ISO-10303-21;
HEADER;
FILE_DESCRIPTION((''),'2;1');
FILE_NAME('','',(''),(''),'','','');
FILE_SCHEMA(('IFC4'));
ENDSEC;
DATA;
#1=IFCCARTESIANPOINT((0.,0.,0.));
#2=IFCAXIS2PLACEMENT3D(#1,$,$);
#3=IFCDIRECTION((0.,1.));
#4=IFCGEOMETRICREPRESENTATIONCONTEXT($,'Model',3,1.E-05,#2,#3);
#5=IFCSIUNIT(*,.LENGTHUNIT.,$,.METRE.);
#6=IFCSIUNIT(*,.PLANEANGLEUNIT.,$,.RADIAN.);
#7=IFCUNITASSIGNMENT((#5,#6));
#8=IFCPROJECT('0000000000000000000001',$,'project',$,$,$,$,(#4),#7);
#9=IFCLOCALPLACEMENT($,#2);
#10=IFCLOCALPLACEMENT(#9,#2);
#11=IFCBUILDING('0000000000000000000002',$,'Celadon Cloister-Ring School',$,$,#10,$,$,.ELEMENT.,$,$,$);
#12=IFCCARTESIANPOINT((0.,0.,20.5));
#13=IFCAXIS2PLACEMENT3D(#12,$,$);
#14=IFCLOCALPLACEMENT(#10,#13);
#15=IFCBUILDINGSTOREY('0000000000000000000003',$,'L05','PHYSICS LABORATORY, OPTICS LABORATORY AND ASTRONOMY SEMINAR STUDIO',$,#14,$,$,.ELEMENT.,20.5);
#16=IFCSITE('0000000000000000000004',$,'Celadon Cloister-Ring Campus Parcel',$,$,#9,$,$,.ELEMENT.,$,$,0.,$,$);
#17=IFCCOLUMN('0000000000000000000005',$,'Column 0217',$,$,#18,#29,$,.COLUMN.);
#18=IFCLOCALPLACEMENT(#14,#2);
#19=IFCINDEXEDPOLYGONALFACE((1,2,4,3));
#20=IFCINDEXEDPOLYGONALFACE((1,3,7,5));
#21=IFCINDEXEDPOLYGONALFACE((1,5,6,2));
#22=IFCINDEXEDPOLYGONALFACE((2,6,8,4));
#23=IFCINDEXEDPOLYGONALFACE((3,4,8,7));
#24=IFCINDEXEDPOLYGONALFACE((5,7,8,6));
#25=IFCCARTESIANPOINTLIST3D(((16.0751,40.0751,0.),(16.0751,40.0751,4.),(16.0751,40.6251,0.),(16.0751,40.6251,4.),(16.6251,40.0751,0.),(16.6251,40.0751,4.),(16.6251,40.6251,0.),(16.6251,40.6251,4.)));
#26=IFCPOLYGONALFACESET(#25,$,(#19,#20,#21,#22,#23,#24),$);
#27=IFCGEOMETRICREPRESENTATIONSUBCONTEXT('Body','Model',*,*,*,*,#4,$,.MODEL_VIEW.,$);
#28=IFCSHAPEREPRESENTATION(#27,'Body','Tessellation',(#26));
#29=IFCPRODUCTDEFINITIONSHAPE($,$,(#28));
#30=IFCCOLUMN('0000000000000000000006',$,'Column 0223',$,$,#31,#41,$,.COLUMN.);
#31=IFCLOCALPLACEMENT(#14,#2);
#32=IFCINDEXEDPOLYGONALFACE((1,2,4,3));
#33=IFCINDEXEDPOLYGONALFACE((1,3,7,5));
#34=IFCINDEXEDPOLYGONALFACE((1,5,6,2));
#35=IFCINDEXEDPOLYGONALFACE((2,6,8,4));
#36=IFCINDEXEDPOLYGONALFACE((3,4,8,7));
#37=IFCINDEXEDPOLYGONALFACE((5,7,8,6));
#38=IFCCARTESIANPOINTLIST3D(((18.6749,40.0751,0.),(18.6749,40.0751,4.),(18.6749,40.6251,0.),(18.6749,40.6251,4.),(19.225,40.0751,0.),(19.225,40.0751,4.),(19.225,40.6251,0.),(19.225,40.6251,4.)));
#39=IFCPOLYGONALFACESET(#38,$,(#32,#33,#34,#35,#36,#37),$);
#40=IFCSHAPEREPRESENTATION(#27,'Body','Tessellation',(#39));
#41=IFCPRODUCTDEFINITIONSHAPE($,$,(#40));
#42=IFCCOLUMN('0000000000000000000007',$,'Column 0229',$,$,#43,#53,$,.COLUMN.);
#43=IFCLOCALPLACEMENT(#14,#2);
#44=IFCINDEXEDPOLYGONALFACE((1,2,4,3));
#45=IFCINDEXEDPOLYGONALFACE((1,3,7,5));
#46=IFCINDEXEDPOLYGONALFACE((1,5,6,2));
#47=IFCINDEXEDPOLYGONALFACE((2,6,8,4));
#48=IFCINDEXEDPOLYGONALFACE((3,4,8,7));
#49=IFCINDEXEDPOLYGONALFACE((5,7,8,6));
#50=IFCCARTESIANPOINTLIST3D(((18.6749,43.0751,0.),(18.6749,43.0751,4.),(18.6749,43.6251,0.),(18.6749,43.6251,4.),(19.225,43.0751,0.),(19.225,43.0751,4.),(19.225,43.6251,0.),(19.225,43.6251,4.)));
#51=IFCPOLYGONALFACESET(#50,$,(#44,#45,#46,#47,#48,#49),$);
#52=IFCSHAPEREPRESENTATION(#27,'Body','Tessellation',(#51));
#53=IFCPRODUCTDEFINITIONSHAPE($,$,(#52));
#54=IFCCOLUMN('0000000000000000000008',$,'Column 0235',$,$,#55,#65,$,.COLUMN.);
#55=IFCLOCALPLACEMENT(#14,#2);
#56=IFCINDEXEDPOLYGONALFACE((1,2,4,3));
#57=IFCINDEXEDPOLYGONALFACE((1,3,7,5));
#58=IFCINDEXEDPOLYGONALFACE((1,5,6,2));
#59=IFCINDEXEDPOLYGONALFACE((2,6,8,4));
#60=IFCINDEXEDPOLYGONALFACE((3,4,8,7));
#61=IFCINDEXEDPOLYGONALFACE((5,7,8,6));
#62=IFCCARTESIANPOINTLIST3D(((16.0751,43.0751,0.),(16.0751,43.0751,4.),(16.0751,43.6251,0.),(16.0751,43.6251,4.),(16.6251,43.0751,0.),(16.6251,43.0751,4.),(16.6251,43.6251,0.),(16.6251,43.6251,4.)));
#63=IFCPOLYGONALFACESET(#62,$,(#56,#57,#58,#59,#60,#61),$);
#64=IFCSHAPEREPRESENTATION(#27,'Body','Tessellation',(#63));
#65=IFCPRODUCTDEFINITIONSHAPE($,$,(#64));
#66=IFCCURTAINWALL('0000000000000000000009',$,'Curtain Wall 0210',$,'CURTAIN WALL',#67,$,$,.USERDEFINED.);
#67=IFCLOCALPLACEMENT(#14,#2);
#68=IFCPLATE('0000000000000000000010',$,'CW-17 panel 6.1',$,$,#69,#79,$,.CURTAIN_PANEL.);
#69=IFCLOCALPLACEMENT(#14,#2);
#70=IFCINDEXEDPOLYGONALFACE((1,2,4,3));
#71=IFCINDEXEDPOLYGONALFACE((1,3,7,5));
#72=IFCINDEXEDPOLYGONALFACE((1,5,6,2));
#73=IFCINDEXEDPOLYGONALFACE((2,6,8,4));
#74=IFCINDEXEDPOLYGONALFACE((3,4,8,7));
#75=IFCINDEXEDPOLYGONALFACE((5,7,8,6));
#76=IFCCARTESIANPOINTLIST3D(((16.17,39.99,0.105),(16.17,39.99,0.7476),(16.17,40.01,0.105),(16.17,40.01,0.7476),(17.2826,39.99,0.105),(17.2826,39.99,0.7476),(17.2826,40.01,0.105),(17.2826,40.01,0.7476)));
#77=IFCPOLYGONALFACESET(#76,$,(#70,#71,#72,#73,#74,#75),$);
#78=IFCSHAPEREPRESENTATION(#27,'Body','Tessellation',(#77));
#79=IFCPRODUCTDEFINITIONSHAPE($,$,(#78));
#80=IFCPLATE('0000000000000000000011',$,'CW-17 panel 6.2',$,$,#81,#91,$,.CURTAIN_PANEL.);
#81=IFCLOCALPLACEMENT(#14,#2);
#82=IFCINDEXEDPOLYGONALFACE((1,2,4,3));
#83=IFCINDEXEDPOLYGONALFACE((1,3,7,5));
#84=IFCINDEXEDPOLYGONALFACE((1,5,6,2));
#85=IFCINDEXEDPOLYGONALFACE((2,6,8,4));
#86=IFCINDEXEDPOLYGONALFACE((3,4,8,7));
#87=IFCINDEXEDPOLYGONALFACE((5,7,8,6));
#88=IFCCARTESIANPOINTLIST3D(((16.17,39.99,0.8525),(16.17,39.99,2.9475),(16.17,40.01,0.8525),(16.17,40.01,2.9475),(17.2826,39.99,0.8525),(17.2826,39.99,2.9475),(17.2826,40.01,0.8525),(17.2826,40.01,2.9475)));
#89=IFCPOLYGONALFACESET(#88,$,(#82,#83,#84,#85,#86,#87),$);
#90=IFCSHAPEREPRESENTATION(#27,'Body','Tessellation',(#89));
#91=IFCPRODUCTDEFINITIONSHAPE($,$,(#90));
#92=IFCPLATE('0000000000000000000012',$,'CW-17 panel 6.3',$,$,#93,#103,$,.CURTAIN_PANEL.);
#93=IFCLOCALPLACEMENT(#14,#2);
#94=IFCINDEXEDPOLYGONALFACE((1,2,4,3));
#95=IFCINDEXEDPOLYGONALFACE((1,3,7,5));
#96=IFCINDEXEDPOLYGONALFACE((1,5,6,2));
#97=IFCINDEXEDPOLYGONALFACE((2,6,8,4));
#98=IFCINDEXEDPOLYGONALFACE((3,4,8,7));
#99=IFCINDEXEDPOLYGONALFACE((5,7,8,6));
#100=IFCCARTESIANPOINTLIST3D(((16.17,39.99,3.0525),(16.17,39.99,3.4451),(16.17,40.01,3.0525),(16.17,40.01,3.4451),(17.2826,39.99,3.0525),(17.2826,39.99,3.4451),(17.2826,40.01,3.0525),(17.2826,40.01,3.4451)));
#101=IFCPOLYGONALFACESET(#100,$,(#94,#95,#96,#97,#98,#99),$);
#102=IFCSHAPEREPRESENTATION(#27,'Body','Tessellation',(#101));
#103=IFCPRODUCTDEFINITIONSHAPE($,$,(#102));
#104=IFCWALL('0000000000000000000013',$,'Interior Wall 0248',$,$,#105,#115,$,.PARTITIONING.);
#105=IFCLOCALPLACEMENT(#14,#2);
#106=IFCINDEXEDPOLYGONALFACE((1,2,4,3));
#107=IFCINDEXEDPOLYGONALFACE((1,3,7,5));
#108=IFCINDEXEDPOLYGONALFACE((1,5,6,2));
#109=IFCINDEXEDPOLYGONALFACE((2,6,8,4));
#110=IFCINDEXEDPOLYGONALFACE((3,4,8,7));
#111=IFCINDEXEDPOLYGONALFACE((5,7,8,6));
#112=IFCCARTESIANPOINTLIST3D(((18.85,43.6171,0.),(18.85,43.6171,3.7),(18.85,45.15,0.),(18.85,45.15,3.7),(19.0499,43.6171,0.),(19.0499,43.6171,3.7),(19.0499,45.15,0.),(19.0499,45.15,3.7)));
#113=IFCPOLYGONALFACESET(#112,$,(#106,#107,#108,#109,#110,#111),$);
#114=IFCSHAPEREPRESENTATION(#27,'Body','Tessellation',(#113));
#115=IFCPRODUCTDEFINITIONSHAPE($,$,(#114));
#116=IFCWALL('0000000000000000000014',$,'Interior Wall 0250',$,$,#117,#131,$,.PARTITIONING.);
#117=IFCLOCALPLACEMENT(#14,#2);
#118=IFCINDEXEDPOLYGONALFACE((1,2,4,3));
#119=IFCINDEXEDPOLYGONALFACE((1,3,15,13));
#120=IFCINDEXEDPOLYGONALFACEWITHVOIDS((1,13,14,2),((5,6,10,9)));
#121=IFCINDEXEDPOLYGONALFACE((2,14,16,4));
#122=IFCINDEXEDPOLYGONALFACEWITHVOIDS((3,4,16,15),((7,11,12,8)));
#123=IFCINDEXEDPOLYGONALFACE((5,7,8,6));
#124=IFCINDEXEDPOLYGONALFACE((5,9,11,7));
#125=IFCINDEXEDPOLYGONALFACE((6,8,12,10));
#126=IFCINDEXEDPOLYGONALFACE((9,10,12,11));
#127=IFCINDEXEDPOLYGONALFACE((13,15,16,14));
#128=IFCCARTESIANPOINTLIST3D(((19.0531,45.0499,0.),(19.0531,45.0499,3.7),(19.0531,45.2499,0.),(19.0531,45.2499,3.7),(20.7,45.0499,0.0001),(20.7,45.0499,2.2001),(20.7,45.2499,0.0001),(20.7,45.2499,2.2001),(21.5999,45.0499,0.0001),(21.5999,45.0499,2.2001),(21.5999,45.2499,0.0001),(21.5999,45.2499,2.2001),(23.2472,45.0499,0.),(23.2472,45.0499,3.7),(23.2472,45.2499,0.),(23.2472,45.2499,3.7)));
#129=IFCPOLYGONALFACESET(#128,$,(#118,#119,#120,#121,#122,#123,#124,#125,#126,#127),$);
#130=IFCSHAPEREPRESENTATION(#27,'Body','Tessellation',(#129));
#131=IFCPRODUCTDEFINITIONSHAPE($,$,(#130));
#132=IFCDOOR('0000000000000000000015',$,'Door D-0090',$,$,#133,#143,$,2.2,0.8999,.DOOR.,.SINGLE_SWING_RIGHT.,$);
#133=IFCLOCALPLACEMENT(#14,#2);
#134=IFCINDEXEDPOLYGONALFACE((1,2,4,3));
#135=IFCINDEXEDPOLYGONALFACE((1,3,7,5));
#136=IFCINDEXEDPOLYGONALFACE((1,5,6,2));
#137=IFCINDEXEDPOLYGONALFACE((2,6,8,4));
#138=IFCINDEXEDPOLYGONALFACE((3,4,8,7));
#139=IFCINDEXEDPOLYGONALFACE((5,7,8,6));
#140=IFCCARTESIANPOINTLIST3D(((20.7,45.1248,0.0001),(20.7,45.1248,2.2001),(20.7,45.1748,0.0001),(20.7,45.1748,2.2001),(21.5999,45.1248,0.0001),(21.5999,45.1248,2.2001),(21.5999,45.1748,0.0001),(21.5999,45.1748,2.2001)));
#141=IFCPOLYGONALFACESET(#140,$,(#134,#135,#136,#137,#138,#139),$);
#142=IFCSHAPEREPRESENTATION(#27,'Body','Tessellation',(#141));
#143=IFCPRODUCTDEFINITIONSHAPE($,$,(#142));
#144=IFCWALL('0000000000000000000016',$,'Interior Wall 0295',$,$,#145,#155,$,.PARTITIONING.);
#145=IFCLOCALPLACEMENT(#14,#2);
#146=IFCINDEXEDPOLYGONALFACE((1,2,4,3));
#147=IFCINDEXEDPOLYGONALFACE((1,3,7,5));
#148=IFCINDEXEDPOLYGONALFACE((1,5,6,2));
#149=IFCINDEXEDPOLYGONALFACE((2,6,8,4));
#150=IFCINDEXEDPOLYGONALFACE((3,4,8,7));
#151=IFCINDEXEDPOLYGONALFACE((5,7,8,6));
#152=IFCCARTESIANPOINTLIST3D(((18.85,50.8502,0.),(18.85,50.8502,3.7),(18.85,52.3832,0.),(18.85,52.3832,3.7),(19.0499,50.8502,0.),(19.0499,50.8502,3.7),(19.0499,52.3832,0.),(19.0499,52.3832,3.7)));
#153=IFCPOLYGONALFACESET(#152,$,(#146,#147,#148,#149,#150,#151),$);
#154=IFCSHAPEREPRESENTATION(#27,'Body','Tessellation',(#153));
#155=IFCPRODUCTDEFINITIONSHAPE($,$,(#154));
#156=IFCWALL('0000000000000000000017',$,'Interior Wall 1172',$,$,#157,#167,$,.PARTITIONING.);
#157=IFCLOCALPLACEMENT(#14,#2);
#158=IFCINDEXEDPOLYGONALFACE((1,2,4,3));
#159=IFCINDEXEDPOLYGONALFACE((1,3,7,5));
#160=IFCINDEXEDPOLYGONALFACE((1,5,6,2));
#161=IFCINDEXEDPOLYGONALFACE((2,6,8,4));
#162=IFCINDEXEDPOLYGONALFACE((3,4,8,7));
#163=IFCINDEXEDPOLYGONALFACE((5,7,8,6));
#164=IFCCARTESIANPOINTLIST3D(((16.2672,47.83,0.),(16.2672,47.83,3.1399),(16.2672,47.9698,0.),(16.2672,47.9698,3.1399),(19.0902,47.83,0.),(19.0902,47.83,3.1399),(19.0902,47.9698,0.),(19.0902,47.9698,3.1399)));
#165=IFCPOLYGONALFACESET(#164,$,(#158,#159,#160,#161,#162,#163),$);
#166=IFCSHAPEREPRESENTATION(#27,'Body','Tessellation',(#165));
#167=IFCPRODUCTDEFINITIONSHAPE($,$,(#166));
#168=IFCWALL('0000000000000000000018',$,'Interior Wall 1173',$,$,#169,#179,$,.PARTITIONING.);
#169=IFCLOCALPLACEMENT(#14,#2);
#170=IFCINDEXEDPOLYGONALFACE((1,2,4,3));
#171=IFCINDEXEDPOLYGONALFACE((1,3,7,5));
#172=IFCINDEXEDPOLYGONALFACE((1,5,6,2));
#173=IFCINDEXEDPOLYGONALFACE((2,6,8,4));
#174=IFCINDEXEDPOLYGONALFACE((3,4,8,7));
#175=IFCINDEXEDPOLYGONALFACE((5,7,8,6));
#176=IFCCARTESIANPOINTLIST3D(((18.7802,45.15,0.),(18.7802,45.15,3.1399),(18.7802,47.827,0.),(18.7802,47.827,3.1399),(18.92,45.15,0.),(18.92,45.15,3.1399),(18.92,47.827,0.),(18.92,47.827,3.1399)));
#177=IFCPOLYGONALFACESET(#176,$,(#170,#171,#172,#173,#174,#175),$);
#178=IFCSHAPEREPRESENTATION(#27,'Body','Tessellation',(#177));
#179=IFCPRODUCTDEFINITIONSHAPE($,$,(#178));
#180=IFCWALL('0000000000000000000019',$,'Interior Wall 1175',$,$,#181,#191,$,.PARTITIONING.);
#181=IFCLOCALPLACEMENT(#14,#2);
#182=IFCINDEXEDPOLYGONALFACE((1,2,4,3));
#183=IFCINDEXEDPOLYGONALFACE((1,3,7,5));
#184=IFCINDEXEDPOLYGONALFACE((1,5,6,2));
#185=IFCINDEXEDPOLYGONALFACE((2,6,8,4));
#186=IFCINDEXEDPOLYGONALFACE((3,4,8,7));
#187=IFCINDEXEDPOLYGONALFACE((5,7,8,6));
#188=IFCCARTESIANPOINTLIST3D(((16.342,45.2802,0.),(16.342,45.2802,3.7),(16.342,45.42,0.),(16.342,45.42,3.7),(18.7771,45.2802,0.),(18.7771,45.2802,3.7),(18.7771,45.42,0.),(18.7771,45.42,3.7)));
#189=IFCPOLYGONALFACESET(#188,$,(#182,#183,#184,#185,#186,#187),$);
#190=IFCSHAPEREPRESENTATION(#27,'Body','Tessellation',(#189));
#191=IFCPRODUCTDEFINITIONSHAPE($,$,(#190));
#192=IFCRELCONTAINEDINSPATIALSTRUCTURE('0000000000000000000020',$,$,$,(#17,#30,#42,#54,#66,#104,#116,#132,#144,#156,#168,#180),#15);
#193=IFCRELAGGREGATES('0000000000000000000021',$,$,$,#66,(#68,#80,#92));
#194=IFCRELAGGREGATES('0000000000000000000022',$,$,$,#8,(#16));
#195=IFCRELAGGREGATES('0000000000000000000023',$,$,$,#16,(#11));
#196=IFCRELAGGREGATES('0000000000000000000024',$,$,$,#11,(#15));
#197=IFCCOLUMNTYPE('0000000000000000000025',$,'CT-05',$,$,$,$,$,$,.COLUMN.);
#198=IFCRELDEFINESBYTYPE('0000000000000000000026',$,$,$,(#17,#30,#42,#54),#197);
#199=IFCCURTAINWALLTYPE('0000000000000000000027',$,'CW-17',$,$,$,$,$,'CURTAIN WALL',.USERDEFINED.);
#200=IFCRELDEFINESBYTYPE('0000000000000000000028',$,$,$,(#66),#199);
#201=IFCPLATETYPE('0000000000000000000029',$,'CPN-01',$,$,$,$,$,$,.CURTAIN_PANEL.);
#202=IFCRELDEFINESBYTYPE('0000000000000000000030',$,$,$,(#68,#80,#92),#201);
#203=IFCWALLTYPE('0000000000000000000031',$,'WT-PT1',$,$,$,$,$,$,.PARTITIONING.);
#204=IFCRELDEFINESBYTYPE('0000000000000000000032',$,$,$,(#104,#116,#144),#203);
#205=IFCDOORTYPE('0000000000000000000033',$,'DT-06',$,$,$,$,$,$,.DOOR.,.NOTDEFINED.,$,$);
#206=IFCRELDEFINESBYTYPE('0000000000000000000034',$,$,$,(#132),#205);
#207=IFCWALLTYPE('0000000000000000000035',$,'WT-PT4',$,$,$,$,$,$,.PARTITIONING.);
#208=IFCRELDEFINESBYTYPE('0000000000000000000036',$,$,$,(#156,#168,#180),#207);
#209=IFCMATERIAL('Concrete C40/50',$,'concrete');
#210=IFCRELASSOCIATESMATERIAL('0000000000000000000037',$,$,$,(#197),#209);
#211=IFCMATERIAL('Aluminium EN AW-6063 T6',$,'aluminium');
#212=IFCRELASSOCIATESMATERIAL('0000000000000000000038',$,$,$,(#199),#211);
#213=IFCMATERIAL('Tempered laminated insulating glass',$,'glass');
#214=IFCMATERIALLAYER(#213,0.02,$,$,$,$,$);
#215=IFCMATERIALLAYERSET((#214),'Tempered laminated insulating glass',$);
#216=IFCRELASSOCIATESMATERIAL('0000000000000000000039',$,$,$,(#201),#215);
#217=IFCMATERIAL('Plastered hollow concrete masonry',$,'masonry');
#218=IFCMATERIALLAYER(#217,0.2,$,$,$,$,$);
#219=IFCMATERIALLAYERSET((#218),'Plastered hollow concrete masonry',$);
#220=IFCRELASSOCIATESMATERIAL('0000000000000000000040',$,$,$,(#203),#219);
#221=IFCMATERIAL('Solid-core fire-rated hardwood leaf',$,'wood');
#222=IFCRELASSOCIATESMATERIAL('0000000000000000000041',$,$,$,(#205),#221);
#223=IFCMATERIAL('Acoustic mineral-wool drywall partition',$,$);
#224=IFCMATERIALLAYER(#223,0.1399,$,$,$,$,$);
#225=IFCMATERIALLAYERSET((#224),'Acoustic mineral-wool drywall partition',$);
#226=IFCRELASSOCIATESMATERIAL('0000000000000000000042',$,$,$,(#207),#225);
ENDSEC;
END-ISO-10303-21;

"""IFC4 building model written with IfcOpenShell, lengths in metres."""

from ifc_helpers import new_model, si_unit, direction, frame, frame_2d, origin, origin_2d, place, context, subcontext, project, spatial, rectangle, extrude, material, layer, layer_set, material_profile, profile_set, type_object, element, fill, aggregate, save


model = new_model("IFC4")

# Units and contexts
model_context = context("Model", 3, precision=1e-05, world=origin(), true_north=direction((0.0, 1.0)))
body_context = subcontext(model_context, "Body", "Model", "MODEL_VIEW")
ifc_project = project(units=[si_unit("LENGTHUNIT", "METRE"), si_unit("PLANEANGLEUNIT", "RADIAN")], contexts=[model_context])

# Site, building, storey
site_placement = place(None, origin())
site = spatial("IfcSite", under=ifc_project, at=site_placement, Name="Celadon Cloister-Ring Campus Parcel", CompositionType="ELEMENT", RefElevation=0.0)
building_placement = place(site_placement, origin())
building = spatial("IfcBuilding", under=site, at=building_placement, Name="Celadon Cloister-Ring School", CompositionType="ELEMENT")
storey_placement = place(building_placement, frame((0.0, 0.0, 20.5)))
storey = spatial("IfcBuildingStorey", under=building, at=storey_placement, Name="L05", Description="PHYSICS LABORATORY, OPTICS LABORATORY AND ASTRONOMY SEMINAR STUDIO", CompositionType="ELEMENT", Elevation=20.5)

# Columns
ifc_material_1 = material(Name="Concrete C40/50", Category="concrete")
ifc_material_profile = material_profile(ifc_material_1, rectangle(XDim=0.55, YDim=0.55, at=origin_2d()), Name="RC550X550")
ifc_profile_set = profile_set([ifc_material_profile], Name="Concrete C40/50")
column_type = type_object("IfcColumnType", Name="CT-05", PredefinedType="COLUMN", material=ifc_profile_set)
for number, where, z_axis, x_axis, name in (
    (1, (16.3501, 40.3501, 0.0), (0.0, 0.0, 1.0), (1.0, 0.0, 0.0), "Column 0217"),
    (2, (18.95, 40.3501, 0.0), (0.0, 0.0, 1.0), (1.0, 0.0, 0.0), "Column 0223"),
    (3, (18.95, 43.3501, 0.0), (0.0, 0.0, 1.0), (1.0, 0.0, 0.0), "Column 0229"),
    (4, (16.3501, 43.3501, 0.0), (0.0, 0.0, 1.0), (1.0, 0.0, 0.0), "Column 0235"),
):
    element("IfcColumn", number, at=place(storey_placement, frame(where, z_axis=z_axis, x_axis=x_axis)), inside=storey, type_object=column_type, Name=name, PredefinedType="COLUMN", context=body_context, shape_type="SweptSolid", body=[
        extrude(rectangle(XDim=0.55, YDim=0.55, at=origin_2d()), origin(), (0.0, 0.0, 1.0), 4.0),
    ])

# Curtain wall, plates
ifc_material_2 = material(Name="Aluminium EN AW-6063 T6", Category="aluminium")
curtain_wall_type = type_object("IfcCurtainWallType", Name="CW-17", ElementType="CURTAIN WALL", PredefinedType="USERDEFINED", material=ifc_material_2)
curtain_wall_placement = place(storey_placement, origin())
curtain_wall = element("IfcCurtainWall", 5, at=curtain_wall_placement, inside=storey, type_object=curtain_wall_type, Name="Curtain Wall 0210", ObjectType="CURTAIN WALL", PredefinedType="USERDEFINED")
ifc_material_3 = material(Name="Tempered laminated insulating glass", Category="glass")
ifc_layer_1 = layer(ifc_material_3, 0.02)
ifc_layer_set_1 = layer_set([ifc_layer_1], Name="Tempered laminated insulating glass")
plate_type = type_object("IfcPlateType", Name="CPN-01", PredefinedType="CURTAIN_PANEL", material=ifc_layer_set_1)
plate_1_placement = place(storey_placement, frame((16.7263, 40.0, 0.105), z_axis=(0.0, 0.0, 1.0), x_axis=(-1.0, 0.0, 0.0)))
plate_1 = element("IfcPlate", 6, at=plate_1_placement, type_object=plate_type, Name="CW-17 panel 6.1", PredefinedType="CURTAIN_PANEL", context=body_context, shape_type="SweptSolid", body=[
    extrude(rectangle(XDim=1.1125, YDim=0.02, at=origin_2d()), origin(), (0.0, 0.0, 1.0), 0.6426),
])
plate_2_placement = place(storey_placement, frame((16.7263, 40.0, 0.8525), z_axis=(0.0, 0.0, 1.0), x_axis=(-1.0, 0.0, 0.0)))
plate_2 = element("IfcPlate", 7, at=plate_2_placement, type_object=plate_type, Name="CW-17 panel 6.2", PredefinedType="CURTAIN_PANEL", context=body_context, shape_type="SweptSolid", body=[
    extrude(rectangle(XDim=1.1125, YDim=0.02, at=origin_2d()), origin(), (0.0, 0.0, 1.0), 2.095),
])
plate_3_placement = place(storey_placement, frame((16.7263, 40.0, 3.0525), z_axis=(0.0, 0.0, 1.0), x_axis=(-1.0, 0.0, 0.0)))
plate_3 = element("IfcPlate", 8, at=plate_3_placement, type_object=plate_type, Name="CW-17 panel 6.3", PredefinedType="CURTAIN_PANEL", context=body_context, shape_type="SweptSolid", body=[
    extrude(rectangle(XDim=1.1125, YDim=0.02, at=origin_2d()), origin(), (0.0, 0.0, 1.0), 0.3926),
])
aggregate(curtain_wall, [plate_1, plate_2, plate_3])

# Wall
ifc_material_4 = material(Name="Plastered hollow concrete masonry", Category="masonry")
ifc_layer_2 = layer(ifc_material_4, 0.2)
ifc_layer_set_2 = layer_set([ifc_layer_2], Name="Plastered hollow concrete masonry")
wall_type_1 = type_object("IfcWallType", Name="WT-PT1", PredefinedType="PARTITIONING", material=ifc_layer_set_2)
wall_1_placement = place(storey_placement, frame((18.95, 43.6169, 0.0), z_axis=(0.0, 0.0, 1.0), x_axis=(0.0, 1.0, 0.0)))
element("IfcWall", 9, at=wall_1_placement, inside=storey, type_object=wall_type_1, Name="Interior Wall 0248", PredefinedType="PARTITIONING", context=body_context, shape_type="SweptSolid", body=[
    extrude(rectangle(XDim=1.533, YDim=0.2, at=frame_2d((0.7666, 0.0))), origin(), (0.0, 0.0, 1.0), 3.7),
])

# Wall, opening, door
wall_2_placement = place(storey_placement, frame((19.053, 45.1499, 0.0), z_axis=(0.0, 0.0, 1.0), x_axis=(1.0, 0.0, 0.0)))
wall_2 = element("IfcWall", 10, at=wall_2_placement, inside=storey, type_object=wall_type_1, Name="Interior Wall 0250", PredefinedType="PARTITIONING", context=body_context, shape_type="SweptSolid", body=[
    extrude(rectangle(XDim=4.1941, YDim=0.2, at=frame_2d((2.0972, 0.0))), origin(), (0.0, 0.0, 1.0), 3.7),
])
opening_1_placement = place(wall_2_placement, frame((1.647, 0.0, 0.0)))
opening_1 = element("IfcOpeningElement", 11, at=opening_1_placement, cuts=wall_2, PredefinedType="OPENING", context=body_context, shape_type="SweptSolid", body=[
    extrude(rectangle(XDim=0.8999, YDim=2.2, at=frame_2d((0.45, 1.1001))), frame((0.0, 0.1099, 0.0), z_axis=(0.0, -1.0, 0.0), x_axis=(1.0, 0.0, 0.0)), (0.0, 0.0, 1.0), 0.22),
])
ifc_material_5 = material(Name="Solid-core fire-rated hardwood leaf", Category="wood")
door_type_1 = type_object("IfcDoorType", Name="DT-06", OperationType="NOTDEFINED", PredefinedType="DOOR", material=ifc_material_5)
door_1_placement = place(opening_1_placement, origin())
door_1 = element("IfcDoor", 12, at=door_1_placement, inside=storey, type_object=door_type_1, Name="Door D-0090", OperationType="SINGLE_SWING_RIGHT", OverallHeight=2.2, OverallWidth=0.8999, PredefinedType="DOOR", context=body_context, shape_type="SweptSolid", body=[
    extrude(rectangle(XDim=0.8999, YDim=2.2, at=frame_2d((0.45, 1.1001))), frame((0.0, 0.0249, 0.0), z_axis=(0.0, -1.0, 0.0), x_axis=(1.0, 0.0, 0.0)), (0.0, 0.0, 1.0), 0.05),
])
fill(opening_1, door_1)

# Walls
wall_3_placement = place(storey_placement, frame((18.95, 50.8501, 0.0), z_axis=(0.0, 0.0, 1.0), x_axis=(0.0, 1.0, 0.0)))
element("IfcWall", 13, at=wall_3_placement, inside=storey, type_object=wall_type_1, Name="Interior Wall 0295", PredefinedType="PARTITIONING", context=body_context, shape_type="SweptSolid", body=[
    extrude(rectangle(XDim=1.533, YDim=0.2, at=frame_2d((0.7666, 0.0))), origin(), (0.0, 0.0, 1.0), 3.7),
])
ifc_material_6 = material(Name="Acoustic mineral-wool drywall partition")
ifc_layer_3 = layer(ifc_material_6, 0.1399)
ifc_layer_set_3 = layer_set([ifc_layer_3], Name="Acoustic mineral-wool drywall partition")
wall_type_2 = type_object("IfcWallType", Name="WT-PT4", PredefinedType="PARTITIONING", material=ifc_layer_set_3)
wall_4_placement = place(storey_placement, frame((16.2671, 47.8999, 0.0), z_axis=(0.0, 0.0, 1.0), x_axis=(1.0, 0.0, 0.0)))
element("IfcWall", 14, at=wall_4_placement, inside=storey, type_object=wall_type_2, Name="Interior Wall 1172", PredefinedType="PARTITIONING", context=body_context, shape_type="SweptSolid", body=[
    extrude(rectangle(XDim=2.823, YDim=0.1399, at=frame_2d((1.4116, 0.0))), origin(), (0.0, 0.0, 1.0), 3.1399),
])
wall_5_placement = place(storey_placement, frame((18.8501, 47.8269, 0.0), z_axis=(0.0, 0.0, 1.0), x_axis=(0.0, -1.0, 0.0)))
element("IfcWall", 15, at=wall_5_placement, inside=storey, type_object=wall_type_2, Name="Interior Wall 1173", PredefinedType="PARTITIONING", context=body_context, shape_type="SweptSolid", body=[
    extrude(rectangle(XDim=2.677, YDim=0.1399, at=frame_2d((1.3384, 0.0))), origin(), (0.0, 0.0, 1.0), 3.1399),
])
wall_6_placement = place(storey_placement, frame((18.7771, 45.3501, 0.0), z_axis=(0.0, 0.0, 1.0), x_axis=(-1.0, 0.0, 0.0)))
element("IfcWall", 16, at=wall_6_placement, inside=storey, type_object=wall_type_2, Name="Interior Wall 1175", PredefinedType="PARTITIONING", context=body_context, shape_type="SweptSolid", body=[
    extrude(rectangle(XDim=2.4351, YDim=0.1399, at=frame_2d((1.2175, 0.0))), origin(), (0.0, 0.0, 1.0), 3.7),
])

save(model, "model.ifc")
